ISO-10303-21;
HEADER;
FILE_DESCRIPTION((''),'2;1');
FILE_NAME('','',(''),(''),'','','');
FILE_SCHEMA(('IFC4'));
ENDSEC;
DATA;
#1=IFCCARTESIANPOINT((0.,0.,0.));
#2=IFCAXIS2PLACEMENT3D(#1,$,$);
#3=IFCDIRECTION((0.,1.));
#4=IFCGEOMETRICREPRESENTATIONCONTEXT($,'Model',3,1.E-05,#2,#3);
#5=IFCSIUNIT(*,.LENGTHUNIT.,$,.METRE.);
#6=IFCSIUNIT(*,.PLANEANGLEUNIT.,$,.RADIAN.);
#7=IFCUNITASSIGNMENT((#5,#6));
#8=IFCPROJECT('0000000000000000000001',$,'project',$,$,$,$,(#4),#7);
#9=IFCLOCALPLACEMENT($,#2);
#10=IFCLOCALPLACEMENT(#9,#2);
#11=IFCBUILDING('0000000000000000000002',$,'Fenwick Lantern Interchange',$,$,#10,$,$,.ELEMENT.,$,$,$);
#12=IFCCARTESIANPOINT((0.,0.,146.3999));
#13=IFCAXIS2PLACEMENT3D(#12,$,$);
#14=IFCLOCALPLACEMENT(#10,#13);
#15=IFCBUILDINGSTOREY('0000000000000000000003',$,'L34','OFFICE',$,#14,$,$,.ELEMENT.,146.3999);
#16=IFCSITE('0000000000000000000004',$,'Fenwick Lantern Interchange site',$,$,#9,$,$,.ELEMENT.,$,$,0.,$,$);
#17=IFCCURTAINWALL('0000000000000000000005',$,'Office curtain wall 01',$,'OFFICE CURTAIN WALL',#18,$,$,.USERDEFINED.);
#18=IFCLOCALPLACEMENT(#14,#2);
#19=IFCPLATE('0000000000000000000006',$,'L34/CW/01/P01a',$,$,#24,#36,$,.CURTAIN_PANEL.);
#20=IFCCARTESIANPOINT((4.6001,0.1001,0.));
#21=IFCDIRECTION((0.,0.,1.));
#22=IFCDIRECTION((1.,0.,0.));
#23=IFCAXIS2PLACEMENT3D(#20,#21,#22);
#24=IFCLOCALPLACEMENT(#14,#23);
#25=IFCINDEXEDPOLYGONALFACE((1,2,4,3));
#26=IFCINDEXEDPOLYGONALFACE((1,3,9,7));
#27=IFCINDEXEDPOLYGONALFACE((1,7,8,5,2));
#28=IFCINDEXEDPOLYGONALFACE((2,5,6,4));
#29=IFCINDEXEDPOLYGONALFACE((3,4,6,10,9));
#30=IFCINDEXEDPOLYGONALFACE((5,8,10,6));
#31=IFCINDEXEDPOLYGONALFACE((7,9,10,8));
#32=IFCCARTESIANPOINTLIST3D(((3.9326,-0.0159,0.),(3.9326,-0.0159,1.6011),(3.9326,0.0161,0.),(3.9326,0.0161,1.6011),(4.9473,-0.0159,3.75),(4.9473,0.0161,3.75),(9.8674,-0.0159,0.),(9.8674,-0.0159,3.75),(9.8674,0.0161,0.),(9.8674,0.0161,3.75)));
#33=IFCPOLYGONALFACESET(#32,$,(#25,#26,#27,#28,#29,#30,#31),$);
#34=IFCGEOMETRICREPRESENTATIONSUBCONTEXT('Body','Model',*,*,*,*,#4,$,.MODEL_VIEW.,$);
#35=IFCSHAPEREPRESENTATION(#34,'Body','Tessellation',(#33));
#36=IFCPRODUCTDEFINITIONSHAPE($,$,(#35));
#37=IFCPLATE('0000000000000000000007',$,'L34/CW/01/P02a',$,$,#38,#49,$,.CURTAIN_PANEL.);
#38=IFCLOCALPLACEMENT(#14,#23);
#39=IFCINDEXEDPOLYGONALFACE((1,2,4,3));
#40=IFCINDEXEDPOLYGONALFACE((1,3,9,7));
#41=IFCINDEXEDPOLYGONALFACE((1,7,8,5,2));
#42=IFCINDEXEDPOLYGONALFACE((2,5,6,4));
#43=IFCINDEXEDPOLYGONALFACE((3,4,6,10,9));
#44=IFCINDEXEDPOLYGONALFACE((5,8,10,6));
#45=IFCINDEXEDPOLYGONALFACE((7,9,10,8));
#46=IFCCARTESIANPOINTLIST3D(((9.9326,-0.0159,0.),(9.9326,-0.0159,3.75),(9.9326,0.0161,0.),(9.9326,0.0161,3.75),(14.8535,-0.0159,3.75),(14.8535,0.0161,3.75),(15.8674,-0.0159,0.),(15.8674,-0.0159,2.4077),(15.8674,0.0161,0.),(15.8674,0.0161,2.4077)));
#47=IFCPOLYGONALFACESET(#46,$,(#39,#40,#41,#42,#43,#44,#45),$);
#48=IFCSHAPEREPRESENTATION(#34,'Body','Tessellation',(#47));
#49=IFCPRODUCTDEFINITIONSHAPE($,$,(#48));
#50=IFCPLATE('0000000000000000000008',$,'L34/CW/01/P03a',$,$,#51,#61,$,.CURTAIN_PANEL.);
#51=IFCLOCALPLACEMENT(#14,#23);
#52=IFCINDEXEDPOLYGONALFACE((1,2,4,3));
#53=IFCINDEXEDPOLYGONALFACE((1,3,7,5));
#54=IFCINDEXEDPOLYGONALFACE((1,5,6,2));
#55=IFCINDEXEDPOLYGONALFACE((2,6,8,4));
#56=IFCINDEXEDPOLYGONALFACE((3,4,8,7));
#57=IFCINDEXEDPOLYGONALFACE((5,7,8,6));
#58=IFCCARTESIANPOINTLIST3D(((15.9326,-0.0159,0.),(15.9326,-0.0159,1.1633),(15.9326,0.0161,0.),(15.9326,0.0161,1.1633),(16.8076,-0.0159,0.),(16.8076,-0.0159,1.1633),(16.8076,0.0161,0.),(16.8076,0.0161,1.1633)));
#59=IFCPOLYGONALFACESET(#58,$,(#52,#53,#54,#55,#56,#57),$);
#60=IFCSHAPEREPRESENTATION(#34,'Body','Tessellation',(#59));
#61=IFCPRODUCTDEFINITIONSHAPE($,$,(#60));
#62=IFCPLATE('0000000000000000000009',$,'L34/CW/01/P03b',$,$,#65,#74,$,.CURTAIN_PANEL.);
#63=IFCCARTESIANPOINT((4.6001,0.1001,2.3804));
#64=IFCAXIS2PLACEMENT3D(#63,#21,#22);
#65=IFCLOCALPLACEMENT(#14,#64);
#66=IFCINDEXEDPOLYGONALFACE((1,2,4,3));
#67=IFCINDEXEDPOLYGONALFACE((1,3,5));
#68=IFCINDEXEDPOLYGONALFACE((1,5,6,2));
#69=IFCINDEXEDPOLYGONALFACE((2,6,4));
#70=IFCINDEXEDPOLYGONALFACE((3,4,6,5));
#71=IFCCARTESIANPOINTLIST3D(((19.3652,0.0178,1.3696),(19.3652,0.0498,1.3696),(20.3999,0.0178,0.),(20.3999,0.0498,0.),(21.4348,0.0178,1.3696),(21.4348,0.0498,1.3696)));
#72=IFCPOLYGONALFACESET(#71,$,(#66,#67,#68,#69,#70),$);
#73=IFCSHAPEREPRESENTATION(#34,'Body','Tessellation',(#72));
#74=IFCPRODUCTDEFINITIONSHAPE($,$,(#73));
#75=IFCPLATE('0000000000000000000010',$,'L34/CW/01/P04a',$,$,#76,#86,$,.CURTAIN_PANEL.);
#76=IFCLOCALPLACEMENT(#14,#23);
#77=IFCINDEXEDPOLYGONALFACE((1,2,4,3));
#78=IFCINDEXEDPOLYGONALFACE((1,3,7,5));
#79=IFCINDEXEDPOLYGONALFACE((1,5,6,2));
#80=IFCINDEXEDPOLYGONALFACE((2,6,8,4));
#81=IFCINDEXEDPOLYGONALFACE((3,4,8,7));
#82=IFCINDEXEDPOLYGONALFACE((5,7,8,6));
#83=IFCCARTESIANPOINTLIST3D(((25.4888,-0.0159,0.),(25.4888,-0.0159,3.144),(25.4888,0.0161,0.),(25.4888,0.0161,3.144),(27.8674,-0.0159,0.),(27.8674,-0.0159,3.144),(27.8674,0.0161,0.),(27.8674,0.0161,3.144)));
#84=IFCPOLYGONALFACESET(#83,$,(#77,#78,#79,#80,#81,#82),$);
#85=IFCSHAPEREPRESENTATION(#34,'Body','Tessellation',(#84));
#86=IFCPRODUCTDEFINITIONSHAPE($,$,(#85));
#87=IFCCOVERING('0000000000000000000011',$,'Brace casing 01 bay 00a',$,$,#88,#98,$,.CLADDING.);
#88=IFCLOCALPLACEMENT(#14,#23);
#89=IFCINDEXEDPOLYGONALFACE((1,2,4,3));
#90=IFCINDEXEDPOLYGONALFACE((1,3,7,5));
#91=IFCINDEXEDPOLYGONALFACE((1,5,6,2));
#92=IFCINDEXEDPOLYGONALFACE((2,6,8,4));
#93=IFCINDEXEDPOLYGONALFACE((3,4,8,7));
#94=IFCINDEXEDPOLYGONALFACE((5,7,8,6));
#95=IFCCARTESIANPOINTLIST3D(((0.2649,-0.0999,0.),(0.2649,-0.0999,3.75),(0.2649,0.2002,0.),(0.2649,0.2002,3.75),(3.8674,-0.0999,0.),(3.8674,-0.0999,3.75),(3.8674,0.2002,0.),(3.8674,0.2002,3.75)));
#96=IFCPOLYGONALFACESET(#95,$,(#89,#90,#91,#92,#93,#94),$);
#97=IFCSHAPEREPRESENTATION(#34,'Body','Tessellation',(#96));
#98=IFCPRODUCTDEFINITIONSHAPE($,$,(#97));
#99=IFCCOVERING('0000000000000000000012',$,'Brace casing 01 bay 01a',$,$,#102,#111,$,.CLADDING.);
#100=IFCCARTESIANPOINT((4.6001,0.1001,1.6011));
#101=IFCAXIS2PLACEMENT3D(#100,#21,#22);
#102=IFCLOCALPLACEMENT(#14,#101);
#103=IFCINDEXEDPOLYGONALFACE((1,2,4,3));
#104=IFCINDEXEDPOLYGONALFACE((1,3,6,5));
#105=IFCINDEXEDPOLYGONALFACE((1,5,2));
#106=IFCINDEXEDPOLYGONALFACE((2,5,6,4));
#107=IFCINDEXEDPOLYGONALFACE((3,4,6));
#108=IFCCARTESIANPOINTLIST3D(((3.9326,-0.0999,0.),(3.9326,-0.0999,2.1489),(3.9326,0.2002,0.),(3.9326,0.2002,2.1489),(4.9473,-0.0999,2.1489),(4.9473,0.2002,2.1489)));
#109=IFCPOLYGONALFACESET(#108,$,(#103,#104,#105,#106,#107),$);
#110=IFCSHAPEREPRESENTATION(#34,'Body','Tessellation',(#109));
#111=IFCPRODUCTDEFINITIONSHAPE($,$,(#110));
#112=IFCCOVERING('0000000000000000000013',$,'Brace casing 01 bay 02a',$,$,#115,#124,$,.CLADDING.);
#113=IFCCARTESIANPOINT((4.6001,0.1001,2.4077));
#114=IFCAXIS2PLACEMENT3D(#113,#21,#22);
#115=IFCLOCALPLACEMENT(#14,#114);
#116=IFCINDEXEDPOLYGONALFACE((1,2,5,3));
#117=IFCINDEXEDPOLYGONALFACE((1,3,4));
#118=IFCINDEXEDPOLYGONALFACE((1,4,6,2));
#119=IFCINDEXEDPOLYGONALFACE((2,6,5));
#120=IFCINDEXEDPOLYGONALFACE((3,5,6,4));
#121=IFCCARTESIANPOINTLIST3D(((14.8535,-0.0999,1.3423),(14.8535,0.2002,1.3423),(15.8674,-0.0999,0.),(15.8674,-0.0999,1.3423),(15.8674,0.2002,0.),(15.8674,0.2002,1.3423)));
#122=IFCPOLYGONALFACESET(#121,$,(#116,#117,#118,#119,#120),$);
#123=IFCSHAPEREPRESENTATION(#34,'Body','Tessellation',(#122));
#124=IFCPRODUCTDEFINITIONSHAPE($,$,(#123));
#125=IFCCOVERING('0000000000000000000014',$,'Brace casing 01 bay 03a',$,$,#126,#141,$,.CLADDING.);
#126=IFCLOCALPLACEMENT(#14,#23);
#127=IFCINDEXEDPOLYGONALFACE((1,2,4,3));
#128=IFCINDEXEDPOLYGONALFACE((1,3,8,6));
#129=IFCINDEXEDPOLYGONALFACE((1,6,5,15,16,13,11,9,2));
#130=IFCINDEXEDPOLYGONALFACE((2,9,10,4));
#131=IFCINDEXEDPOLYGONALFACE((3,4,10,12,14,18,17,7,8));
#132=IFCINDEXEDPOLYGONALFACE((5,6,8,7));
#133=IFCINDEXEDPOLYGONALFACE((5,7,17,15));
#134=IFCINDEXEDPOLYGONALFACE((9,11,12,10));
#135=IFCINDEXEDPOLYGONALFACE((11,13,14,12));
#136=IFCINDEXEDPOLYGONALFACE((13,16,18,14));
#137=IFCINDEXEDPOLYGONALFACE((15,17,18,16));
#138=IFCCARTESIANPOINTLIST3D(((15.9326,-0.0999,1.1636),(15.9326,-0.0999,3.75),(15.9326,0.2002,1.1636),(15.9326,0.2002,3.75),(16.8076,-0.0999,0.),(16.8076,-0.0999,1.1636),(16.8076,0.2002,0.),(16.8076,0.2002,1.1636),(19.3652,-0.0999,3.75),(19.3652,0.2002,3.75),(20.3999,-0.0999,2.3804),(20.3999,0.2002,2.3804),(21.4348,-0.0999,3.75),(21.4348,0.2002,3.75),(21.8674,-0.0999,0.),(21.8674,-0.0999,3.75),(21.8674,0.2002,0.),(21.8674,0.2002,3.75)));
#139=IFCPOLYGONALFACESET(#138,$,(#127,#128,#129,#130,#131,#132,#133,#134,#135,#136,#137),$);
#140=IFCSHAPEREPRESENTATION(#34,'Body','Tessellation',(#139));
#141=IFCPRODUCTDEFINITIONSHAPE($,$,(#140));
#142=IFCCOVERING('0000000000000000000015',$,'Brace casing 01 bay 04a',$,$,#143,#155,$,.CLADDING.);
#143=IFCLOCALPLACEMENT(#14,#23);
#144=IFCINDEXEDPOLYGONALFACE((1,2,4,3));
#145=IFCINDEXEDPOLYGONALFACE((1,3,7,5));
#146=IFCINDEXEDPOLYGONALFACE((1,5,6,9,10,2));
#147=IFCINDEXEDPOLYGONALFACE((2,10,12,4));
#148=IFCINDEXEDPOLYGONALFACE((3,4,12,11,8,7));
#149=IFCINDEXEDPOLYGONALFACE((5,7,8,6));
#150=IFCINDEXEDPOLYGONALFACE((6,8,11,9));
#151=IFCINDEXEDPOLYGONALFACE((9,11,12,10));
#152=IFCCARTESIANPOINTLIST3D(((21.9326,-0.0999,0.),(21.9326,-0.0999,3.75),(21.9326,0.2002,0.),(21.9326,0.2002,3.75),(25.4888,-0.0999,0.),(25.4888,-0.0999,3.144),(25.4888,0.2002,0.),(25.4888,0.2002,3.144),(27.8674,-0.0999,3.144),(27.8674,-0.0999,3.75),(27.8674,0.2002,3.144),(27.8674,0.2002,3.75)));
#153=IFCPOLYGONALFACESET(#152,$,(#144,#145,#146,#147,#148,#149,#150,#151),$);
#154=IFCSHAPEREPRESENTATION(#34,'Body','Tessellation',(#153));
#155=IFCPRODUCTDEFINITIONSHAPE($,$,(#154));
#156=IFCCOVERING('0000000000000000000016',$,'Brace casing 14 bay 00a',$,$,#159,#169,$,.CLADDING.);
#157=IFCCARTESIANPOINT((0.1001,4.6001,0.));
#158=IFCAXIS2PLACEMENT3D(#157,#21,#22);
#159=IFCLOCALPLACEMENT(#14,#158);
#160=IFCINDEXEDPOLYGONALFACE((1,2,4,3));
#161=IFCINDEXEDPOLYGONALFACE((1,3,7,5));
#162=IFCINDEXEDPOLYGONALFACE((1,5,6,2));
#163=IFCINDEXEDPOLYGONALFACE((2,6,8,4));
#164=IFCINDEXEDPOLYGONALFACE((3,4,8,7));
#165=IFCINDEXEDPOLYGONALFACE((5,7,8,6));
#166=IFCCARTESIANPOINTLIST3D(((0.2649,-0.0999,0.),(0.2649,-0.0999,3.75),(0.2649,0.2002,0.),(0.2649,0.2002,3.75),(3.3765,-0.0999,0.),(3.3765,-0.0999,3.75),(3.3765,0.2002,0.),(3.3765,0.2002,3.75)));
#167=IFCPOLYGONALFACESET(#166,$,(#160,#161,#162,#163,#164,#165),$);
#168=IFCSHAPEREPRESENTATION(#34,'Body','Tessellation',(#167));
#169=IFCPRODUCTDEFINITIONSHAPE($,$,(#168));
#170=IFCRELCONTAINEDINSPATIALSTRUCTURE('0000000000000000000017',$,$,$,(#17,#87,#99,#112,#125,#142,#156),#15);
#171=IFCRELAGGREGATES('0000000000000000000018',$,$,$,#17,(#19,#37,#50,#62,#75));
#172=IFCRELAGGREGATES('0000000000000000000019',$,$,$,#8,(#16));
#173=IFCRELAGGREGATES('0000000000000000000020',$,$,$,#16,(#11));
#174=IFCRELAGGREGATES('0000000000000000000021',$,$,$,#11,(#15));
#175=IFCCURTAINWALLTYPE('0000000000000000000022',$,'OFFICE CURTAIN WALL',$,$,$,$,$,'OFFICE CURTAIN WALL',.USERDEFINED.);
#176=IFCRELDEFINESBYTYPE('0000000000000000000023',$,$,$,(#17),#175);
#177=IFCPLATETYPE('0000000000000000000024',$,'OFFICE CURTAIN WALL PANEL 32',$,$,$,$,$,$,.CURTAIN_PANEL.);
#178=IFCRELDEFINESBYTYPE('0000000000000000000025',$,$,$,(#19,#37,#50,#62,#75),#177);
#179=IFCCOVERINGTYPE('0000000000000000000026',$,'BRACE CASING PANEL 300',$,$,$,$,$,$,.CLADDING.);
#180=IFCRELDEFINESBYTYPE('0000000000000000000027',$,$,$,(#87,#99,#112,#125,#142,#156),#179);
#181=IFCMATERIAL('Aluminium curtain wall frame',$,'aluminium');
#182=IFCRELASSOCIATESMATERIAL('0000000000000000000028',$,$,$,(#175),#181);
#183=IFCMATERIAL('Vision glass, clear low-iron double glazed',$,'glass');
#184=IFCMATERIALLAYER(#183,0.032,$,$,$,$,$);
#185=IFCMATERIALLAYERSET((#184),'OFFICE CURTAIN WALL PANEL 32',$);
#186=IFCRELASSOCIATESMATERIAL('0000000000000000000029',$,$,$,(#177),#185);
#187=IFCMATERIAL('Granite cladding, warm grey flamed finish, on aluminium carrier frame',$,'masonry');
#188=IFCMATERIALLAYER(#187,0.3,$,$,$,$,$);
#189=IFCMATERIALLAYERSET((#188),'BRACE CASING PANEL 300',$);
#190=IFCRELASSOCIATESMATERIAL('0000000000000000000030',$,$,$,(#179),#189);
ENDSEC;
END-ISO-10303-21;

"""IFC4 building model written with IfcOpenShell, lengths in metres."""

from ifc_helpers import new_model, si_unit, direction, frame, origin, place, context, subcontext, project, spatial, polyline, outline, extrude, material, layer, layer_set, type_object, element, aggregate, save


model = new_model("IFC4")

# Units and contexts
model_context = context("Model", 3, precision=1e-05, world=origin(), true_north=direction((0.0, 1.0)))
body_context = subcontext(model_context, "Body", "Model", "MODEL_VIEW")
ifc_project = project(units=[si_unit("LENGTHUNIT", "METRE"), si_unit("PLANEANGLEUNIT", "RADIAN")], contexts=[model_context])

# Site, building, storey
site_placement = place(None, origin())
site = spatial("IfcSite", under=ifc_project, at=site_placement, Name="Fenwick Lantern Interchange site", CompositionType="ELEMENT", RefElevation=0.0)
building_placement = place(site_placement, origin())
building = spatial("IfcBuilding", under=site, at=building_placement, Name="Fenwick Lantern Interchange", CompositionType="ELEMENT")
storey_placement = place(building_placement, frame((0.0, 0.0, 146.3999)))
storey = spatial("IfcBuildingStorey", under=building, at=storey_placement, Name="L34", Description="OFFICE", CompositionType="ELEMENT", Elevation=146.3999)

# Shared definitions
ifc_material_1 = material(Name="Aluminium curtain wall frame", Category="aluminium")
curtain_wall_type = type_object("IfcCurtainWallType", Name="OFFICE CURTAIN WALL", ElementType="OFFICE CURTAIN WALL", PredefinedType="USERDEFINED", material=ifc_material_1)

# Curtain wall, plates
curtain_wall_1_placement = place(storey_placement, origin())
curtain_wall_1 = element("IfcCurtainWall", 1, at=curtain_wall_1_placement, inside=storey, type_object=curtain_wall_type, Name="Office curtain wall 01", ObjectType="OFFICE CURTAIN WALL", PredefinedType="USERDEFINED")
ifc_material_2 = material(Name="Vision glass, clear low-iron double glazed", Category="glass")
ifc_layer_1 = layer(ifc_material_2, 0.032)
ifc_layer_set_1 = layer_set([ifc_layer_1], Name="OFFICE CURTAIN WALL PANEL 32")
plate_type = type_object("IfcPlateType", Name="OFFICE CURTAIN WALL PANEL 32", PredefinedType="CURTAIN_PANEL", material=ifc_layer_set_1)
plate_1_placement = place(storey_placement, frame((4.6001, 0.1001, 0.0), z_axis=(0.0, 0.0, 1.0), x_axis=(1.0, 0.0, 0.0)))
plate_1 = element("IfcPlate", 2, at=plate_1_placement, type_object=plate_type, Name="L34/CW/01/P01a", PredefinedType="CURTAIN_PANEL", context=body_context, shape_type="SweptSolid", body=[
    extrude(outline(polyline([(3.9326, 0.0), (9.8674, 0.0), (9.8674, 3.75), (4.9473, 3.75), (3.9326, 1.6011), (3.9326, 0.0)])), frame((0.0, 0.0161, 0.0), z_axis=(0.0, -1.0, 0.0), x_axis=(1.0, 0.0, 0.0)), (0.0, 0.0, 1.0), 0.032),
])
plate_2_placement = place(storey_placement, frame((4.6001, 0.1001, 0.0), z_axis=(0.0, 0.0, 1.0), x_axis=(1.0, 0.0, 0.0)))
plate_2 = element("IfcPlate", 3, at=plate_2_placement, type_object=plate_type, Name="L34/CW/01/P02a", PredefinedType="CURTAIN_PANEL", context=body_context, shape_type="SweptSolid", body=[
    extrude(outline(polyline([(9.9326, 0.0), (15.8674, 0.0), (15.8674, 2.4077), (14.8535, 3.75), (9.9326, 3.75), (9.9326, 0.0)])), frame((0.0, 0.0161, 0.0), z_axis=(0.0, -1.0, 0.0), x_axis=(1.0, 0.0, 0.0)), (0.0, 0.0, 1.0), 0.032),
])
plate_3_placement = place(storey_placement, frame((4.6001, 0.1001, 0.0), z_axis=(0.0, 0.0, 1.0), x_axis=(1.0, 0.0, 0.0)))
plate_3 = element("IfcPlate", 4, at=plate_3_placement, type_object=plate_type, Name="L34/CW/01/P03a", PredefinedType="CURTAIN_PANEL", context=body_context, shape_type="SweptSolid", body=[
    extrude(outline(polyline([(15.9326, 0.0), (16.8076, 0.0), (16.8076, 1.1633), (15.9326, 1.1633), (15.9326, 0.0)])), frame((0.0, 0.0161, 0.0), z_axis=(0.0, -1.0, 0.0), x_axis=(1.0, 0.0, 0.0)), (0.0, 0.0, 1.0), 0.032),
])
plate_4_placement = place(storey_placement, frame((4.6001, 0.1001, 2.3804), z_axis=(0.0, 0.0, 1.0), x_axis=(1.0, 0.0, 0.0)))
plate_4 = element("IfcPlate", 5, at=plate_4_placement, type_object=plate_type, Name="L34/CW/01/P03b", PredefinedType="CURTAIN_PANEL", context=body_context, shape_type="SweptSolid", body=[
    extrude(outline(polyline([(20.3999, 0.0), (21.4348, 1.3696), (19.3652, 1.3696), (20.3999, 0.0)])), frame((0.0, 0.0498, 0.0), z_axis=(0.0, -1.0, 0.0), x_axis=(1.0, 0.0, 0.0)), (0.0, 0.0, 1.0), 0.032),
])
plate_5_placement = place(storey_placement, frame((4.6001, 0.1001, 0.0), z_axis=(0.0, 0.0, 1.0), x_axis=(1.0, 0.0, 0.0)))
plate_5 = element("IfcPlate", 6, at=plate_5_placement, type_object=plate_type, Name="L34/CW/01/P04a", PredefinedType="CURTAIN_PANEL", context=body_context, shape_type="SweptSolid", body=[
    extrude(outline(polyline([(25.4888, 0.0), (27.8674, 0.0), (27.8674, 3.144), (25.4888, 3.144), (25.4888, 0.0)])), frame((0.0, 0.0161, 0.0), z_axis=(0.0, -1.0, 0.0), x_axis=(1.0, 0.0, 0.0)), (0.0, 0.0, 1.0), 0.032),
])
aggregate(curtain_wall_1, [plate_1, plate_2, plate_3, plate_4, plate_5])

# Coverings
ifc_material_3 = material(Name="Granite cladding, warm grey flamed finish, on aluminium carrier frame", Category="masonry")
ifc_layer_2 = layer(ifc_material_3, 0.3)
ifc_layer_set_2 = layer_set([ifc_layer_2], Name="BRACE CASING PANEL 300")
covering_type_1 = type_object("IfcCoveringType", Name="BRACE CASING PANEL 300", PredefinedType="CLADDING", material=ifc_layer_set_2)
covering_1_placement = place(storey_placement, frame((4.6001, 0.1001, 0.0), z_axis=(0.0, 0.0, 1.0), x_axis=(1.0, 0.0, 0.0)))
element("IfcCovering", 7, at=covering_1_placement, inside=storey, type_object=covering_type_1, Name="Brace casing 01 bay 00a", PredefinedType="CLADDING", context=body_context, shape_type="SweptSolid", body=[
    extrude(outline(polyline([(0.2649, 0.0), (3.8674, 0.0), (3.8674, 3.75), (0.2649, 3.75), (0.2649, 0.0)])), frame((0.0, 0.2002, 0.0), z_axis=(0.0, -1.0, 0.0), x_axis=(1.0, 0.0, 0.0)), (0.0, 0.0, 1.0), 0.3),
])
covering_2_placement = place(storey_placement, frame((4.6001, 0.1001, 1.6011), z_axis=(0.0, 0.0, 1.0), x_axis=(1.0, 0.0, 0.0)))
element("IfcCovering", 8, at=covering_2_placement, inside=storey, type_object=covering_type_1, Name="Brace casing 01 bay 01a", PredefinedType="CLADDING", context=body_context, shape_type="SweptSolid", body=[
    extrude(outline(polyline([(3.9326, 0.0), (4.9473, 2.1489), (3.9326, 2.1489), (3.9326, 0.0)])), frame((0.0, 0.2002, 0.0), z_axis=(0.0, -1.0, 0.0), x_axis=(1.0, 0.0, 0.0)), (0.0, 0.0, 1.0), 0.3),
])
covering_3_placement = place(storey_placement, frame((4.6001, 0.1001, 2.4077), z_axis=(0.0, 0.0, 1.0), x_axis=(1.0, 0.0, 0.0)))
element("IfcCovering", 9, at=covering_3_placement, inside=storey, type_object=covering_type_1, Name="Brace casing 01 bay 02a", PredefinedType="CLADDING", context=body_context, shape_type="SweptSolid", body=[
    extrude(outline(polyline([(15.8674, 0.0), (15.8674, 1.3423), (14.8535, 1.3423), (15.8674, 0.0)])), frame((0.0, 0.2002, 0.0), z_axis=(0.0, -1.0, 0.0), x_axis=(1.0, 0.0, 0.0)), (0.0, 0.0, 1.0), 0.3),
])
covering_4_placement = place(storey_placement, frame((4.6001, 0.1001, 0.0), z_axis=(0.0, 0.0, 1.0), x_axis=(1.0, 0.0, 0.0)))
element("IfcCovering", 10, at=covering_4_placement, inside=storey, type_object=covering_type_1, Name="Brace casing 01 bay 03a", PredefinedType="CLADDING", context=body_context, shape_type="SweptSolid", body=[
    extrude(outline(polyline([(16.8076, 0.0), (21.8674, 0.0), (21.8674, 3.75), (21.4348, 3.75), (20.3999, 2.3804), (19.3652, 3.75), (15.9326, 3.75), (15.9326, 1.1636), (16.8076, 1.1636), (16.8076, 0.0)])), frame((0.0, 0.2002, 0.0), z_axis=(0.0, -1.0, 0.0), x_axis=(1.0, 0.0, 0.0)), (0.0, 0.0, 1.0), 0.3),
])
covering_5_placement = place(storey_placement, frame((4.6001, 0.1001, 0.0), z_axis=(0.0, 0.0, 1.0), x_axis=(1.0, 0.0, 0.0)))
element("IfcCovering", 11, at=covering_5_placement, inside=storey, type_object=covering_type_1, Name="Brace casing 01 bay 04a", PredefinedType="CLADDING", context=body_context, shape_type="SweptSolid", body=[
    extrude(outline(polyline([(21.9326, 0.0), (25.4888, 0.0), (25.4888, 3.144), (27.8674, 3.144), (27.8674, 3.75), (21.9326, 3.75), (21.9326, 0.0)])), frame((0.0, 0.2002, 0.0), z_axis=(0.0, -1.0, 0.0), x_axis=(1.0, 0.0, 0.0)), (0.0, 0.0, 1.0), 0.3),
])
covering_6_placement = place(storey_placement, frame((0.1001, 4.6001, 0.0), z_axis=(0.0, 0.0, 1.0), x_axis=(1.0, 0.0, 0.0)))
element("IfcCovering", 12, at=covering_6_placement, inside=storey, type_object=covering_type_1, Name="Brace casing 14 bay 00a", PredefinedType="CLADDING", context=body_context, shape_type="SweptSolid", body=[
    extrude(outline(polyline([(0.2649, 0.0), (3.3765, 0.0), (3.3765, 3.75), (0.2649, 3.75), (0.2649, 0.0)])), frame((0.0, 0.2002, 0.0), z_axis=(0.0, -1.0, 0.0), x_axis=(1.0, 0.0, 0.0)), (0.0, 0.0, 1.0), 0.3),
])

save(model, "model.ifc")
